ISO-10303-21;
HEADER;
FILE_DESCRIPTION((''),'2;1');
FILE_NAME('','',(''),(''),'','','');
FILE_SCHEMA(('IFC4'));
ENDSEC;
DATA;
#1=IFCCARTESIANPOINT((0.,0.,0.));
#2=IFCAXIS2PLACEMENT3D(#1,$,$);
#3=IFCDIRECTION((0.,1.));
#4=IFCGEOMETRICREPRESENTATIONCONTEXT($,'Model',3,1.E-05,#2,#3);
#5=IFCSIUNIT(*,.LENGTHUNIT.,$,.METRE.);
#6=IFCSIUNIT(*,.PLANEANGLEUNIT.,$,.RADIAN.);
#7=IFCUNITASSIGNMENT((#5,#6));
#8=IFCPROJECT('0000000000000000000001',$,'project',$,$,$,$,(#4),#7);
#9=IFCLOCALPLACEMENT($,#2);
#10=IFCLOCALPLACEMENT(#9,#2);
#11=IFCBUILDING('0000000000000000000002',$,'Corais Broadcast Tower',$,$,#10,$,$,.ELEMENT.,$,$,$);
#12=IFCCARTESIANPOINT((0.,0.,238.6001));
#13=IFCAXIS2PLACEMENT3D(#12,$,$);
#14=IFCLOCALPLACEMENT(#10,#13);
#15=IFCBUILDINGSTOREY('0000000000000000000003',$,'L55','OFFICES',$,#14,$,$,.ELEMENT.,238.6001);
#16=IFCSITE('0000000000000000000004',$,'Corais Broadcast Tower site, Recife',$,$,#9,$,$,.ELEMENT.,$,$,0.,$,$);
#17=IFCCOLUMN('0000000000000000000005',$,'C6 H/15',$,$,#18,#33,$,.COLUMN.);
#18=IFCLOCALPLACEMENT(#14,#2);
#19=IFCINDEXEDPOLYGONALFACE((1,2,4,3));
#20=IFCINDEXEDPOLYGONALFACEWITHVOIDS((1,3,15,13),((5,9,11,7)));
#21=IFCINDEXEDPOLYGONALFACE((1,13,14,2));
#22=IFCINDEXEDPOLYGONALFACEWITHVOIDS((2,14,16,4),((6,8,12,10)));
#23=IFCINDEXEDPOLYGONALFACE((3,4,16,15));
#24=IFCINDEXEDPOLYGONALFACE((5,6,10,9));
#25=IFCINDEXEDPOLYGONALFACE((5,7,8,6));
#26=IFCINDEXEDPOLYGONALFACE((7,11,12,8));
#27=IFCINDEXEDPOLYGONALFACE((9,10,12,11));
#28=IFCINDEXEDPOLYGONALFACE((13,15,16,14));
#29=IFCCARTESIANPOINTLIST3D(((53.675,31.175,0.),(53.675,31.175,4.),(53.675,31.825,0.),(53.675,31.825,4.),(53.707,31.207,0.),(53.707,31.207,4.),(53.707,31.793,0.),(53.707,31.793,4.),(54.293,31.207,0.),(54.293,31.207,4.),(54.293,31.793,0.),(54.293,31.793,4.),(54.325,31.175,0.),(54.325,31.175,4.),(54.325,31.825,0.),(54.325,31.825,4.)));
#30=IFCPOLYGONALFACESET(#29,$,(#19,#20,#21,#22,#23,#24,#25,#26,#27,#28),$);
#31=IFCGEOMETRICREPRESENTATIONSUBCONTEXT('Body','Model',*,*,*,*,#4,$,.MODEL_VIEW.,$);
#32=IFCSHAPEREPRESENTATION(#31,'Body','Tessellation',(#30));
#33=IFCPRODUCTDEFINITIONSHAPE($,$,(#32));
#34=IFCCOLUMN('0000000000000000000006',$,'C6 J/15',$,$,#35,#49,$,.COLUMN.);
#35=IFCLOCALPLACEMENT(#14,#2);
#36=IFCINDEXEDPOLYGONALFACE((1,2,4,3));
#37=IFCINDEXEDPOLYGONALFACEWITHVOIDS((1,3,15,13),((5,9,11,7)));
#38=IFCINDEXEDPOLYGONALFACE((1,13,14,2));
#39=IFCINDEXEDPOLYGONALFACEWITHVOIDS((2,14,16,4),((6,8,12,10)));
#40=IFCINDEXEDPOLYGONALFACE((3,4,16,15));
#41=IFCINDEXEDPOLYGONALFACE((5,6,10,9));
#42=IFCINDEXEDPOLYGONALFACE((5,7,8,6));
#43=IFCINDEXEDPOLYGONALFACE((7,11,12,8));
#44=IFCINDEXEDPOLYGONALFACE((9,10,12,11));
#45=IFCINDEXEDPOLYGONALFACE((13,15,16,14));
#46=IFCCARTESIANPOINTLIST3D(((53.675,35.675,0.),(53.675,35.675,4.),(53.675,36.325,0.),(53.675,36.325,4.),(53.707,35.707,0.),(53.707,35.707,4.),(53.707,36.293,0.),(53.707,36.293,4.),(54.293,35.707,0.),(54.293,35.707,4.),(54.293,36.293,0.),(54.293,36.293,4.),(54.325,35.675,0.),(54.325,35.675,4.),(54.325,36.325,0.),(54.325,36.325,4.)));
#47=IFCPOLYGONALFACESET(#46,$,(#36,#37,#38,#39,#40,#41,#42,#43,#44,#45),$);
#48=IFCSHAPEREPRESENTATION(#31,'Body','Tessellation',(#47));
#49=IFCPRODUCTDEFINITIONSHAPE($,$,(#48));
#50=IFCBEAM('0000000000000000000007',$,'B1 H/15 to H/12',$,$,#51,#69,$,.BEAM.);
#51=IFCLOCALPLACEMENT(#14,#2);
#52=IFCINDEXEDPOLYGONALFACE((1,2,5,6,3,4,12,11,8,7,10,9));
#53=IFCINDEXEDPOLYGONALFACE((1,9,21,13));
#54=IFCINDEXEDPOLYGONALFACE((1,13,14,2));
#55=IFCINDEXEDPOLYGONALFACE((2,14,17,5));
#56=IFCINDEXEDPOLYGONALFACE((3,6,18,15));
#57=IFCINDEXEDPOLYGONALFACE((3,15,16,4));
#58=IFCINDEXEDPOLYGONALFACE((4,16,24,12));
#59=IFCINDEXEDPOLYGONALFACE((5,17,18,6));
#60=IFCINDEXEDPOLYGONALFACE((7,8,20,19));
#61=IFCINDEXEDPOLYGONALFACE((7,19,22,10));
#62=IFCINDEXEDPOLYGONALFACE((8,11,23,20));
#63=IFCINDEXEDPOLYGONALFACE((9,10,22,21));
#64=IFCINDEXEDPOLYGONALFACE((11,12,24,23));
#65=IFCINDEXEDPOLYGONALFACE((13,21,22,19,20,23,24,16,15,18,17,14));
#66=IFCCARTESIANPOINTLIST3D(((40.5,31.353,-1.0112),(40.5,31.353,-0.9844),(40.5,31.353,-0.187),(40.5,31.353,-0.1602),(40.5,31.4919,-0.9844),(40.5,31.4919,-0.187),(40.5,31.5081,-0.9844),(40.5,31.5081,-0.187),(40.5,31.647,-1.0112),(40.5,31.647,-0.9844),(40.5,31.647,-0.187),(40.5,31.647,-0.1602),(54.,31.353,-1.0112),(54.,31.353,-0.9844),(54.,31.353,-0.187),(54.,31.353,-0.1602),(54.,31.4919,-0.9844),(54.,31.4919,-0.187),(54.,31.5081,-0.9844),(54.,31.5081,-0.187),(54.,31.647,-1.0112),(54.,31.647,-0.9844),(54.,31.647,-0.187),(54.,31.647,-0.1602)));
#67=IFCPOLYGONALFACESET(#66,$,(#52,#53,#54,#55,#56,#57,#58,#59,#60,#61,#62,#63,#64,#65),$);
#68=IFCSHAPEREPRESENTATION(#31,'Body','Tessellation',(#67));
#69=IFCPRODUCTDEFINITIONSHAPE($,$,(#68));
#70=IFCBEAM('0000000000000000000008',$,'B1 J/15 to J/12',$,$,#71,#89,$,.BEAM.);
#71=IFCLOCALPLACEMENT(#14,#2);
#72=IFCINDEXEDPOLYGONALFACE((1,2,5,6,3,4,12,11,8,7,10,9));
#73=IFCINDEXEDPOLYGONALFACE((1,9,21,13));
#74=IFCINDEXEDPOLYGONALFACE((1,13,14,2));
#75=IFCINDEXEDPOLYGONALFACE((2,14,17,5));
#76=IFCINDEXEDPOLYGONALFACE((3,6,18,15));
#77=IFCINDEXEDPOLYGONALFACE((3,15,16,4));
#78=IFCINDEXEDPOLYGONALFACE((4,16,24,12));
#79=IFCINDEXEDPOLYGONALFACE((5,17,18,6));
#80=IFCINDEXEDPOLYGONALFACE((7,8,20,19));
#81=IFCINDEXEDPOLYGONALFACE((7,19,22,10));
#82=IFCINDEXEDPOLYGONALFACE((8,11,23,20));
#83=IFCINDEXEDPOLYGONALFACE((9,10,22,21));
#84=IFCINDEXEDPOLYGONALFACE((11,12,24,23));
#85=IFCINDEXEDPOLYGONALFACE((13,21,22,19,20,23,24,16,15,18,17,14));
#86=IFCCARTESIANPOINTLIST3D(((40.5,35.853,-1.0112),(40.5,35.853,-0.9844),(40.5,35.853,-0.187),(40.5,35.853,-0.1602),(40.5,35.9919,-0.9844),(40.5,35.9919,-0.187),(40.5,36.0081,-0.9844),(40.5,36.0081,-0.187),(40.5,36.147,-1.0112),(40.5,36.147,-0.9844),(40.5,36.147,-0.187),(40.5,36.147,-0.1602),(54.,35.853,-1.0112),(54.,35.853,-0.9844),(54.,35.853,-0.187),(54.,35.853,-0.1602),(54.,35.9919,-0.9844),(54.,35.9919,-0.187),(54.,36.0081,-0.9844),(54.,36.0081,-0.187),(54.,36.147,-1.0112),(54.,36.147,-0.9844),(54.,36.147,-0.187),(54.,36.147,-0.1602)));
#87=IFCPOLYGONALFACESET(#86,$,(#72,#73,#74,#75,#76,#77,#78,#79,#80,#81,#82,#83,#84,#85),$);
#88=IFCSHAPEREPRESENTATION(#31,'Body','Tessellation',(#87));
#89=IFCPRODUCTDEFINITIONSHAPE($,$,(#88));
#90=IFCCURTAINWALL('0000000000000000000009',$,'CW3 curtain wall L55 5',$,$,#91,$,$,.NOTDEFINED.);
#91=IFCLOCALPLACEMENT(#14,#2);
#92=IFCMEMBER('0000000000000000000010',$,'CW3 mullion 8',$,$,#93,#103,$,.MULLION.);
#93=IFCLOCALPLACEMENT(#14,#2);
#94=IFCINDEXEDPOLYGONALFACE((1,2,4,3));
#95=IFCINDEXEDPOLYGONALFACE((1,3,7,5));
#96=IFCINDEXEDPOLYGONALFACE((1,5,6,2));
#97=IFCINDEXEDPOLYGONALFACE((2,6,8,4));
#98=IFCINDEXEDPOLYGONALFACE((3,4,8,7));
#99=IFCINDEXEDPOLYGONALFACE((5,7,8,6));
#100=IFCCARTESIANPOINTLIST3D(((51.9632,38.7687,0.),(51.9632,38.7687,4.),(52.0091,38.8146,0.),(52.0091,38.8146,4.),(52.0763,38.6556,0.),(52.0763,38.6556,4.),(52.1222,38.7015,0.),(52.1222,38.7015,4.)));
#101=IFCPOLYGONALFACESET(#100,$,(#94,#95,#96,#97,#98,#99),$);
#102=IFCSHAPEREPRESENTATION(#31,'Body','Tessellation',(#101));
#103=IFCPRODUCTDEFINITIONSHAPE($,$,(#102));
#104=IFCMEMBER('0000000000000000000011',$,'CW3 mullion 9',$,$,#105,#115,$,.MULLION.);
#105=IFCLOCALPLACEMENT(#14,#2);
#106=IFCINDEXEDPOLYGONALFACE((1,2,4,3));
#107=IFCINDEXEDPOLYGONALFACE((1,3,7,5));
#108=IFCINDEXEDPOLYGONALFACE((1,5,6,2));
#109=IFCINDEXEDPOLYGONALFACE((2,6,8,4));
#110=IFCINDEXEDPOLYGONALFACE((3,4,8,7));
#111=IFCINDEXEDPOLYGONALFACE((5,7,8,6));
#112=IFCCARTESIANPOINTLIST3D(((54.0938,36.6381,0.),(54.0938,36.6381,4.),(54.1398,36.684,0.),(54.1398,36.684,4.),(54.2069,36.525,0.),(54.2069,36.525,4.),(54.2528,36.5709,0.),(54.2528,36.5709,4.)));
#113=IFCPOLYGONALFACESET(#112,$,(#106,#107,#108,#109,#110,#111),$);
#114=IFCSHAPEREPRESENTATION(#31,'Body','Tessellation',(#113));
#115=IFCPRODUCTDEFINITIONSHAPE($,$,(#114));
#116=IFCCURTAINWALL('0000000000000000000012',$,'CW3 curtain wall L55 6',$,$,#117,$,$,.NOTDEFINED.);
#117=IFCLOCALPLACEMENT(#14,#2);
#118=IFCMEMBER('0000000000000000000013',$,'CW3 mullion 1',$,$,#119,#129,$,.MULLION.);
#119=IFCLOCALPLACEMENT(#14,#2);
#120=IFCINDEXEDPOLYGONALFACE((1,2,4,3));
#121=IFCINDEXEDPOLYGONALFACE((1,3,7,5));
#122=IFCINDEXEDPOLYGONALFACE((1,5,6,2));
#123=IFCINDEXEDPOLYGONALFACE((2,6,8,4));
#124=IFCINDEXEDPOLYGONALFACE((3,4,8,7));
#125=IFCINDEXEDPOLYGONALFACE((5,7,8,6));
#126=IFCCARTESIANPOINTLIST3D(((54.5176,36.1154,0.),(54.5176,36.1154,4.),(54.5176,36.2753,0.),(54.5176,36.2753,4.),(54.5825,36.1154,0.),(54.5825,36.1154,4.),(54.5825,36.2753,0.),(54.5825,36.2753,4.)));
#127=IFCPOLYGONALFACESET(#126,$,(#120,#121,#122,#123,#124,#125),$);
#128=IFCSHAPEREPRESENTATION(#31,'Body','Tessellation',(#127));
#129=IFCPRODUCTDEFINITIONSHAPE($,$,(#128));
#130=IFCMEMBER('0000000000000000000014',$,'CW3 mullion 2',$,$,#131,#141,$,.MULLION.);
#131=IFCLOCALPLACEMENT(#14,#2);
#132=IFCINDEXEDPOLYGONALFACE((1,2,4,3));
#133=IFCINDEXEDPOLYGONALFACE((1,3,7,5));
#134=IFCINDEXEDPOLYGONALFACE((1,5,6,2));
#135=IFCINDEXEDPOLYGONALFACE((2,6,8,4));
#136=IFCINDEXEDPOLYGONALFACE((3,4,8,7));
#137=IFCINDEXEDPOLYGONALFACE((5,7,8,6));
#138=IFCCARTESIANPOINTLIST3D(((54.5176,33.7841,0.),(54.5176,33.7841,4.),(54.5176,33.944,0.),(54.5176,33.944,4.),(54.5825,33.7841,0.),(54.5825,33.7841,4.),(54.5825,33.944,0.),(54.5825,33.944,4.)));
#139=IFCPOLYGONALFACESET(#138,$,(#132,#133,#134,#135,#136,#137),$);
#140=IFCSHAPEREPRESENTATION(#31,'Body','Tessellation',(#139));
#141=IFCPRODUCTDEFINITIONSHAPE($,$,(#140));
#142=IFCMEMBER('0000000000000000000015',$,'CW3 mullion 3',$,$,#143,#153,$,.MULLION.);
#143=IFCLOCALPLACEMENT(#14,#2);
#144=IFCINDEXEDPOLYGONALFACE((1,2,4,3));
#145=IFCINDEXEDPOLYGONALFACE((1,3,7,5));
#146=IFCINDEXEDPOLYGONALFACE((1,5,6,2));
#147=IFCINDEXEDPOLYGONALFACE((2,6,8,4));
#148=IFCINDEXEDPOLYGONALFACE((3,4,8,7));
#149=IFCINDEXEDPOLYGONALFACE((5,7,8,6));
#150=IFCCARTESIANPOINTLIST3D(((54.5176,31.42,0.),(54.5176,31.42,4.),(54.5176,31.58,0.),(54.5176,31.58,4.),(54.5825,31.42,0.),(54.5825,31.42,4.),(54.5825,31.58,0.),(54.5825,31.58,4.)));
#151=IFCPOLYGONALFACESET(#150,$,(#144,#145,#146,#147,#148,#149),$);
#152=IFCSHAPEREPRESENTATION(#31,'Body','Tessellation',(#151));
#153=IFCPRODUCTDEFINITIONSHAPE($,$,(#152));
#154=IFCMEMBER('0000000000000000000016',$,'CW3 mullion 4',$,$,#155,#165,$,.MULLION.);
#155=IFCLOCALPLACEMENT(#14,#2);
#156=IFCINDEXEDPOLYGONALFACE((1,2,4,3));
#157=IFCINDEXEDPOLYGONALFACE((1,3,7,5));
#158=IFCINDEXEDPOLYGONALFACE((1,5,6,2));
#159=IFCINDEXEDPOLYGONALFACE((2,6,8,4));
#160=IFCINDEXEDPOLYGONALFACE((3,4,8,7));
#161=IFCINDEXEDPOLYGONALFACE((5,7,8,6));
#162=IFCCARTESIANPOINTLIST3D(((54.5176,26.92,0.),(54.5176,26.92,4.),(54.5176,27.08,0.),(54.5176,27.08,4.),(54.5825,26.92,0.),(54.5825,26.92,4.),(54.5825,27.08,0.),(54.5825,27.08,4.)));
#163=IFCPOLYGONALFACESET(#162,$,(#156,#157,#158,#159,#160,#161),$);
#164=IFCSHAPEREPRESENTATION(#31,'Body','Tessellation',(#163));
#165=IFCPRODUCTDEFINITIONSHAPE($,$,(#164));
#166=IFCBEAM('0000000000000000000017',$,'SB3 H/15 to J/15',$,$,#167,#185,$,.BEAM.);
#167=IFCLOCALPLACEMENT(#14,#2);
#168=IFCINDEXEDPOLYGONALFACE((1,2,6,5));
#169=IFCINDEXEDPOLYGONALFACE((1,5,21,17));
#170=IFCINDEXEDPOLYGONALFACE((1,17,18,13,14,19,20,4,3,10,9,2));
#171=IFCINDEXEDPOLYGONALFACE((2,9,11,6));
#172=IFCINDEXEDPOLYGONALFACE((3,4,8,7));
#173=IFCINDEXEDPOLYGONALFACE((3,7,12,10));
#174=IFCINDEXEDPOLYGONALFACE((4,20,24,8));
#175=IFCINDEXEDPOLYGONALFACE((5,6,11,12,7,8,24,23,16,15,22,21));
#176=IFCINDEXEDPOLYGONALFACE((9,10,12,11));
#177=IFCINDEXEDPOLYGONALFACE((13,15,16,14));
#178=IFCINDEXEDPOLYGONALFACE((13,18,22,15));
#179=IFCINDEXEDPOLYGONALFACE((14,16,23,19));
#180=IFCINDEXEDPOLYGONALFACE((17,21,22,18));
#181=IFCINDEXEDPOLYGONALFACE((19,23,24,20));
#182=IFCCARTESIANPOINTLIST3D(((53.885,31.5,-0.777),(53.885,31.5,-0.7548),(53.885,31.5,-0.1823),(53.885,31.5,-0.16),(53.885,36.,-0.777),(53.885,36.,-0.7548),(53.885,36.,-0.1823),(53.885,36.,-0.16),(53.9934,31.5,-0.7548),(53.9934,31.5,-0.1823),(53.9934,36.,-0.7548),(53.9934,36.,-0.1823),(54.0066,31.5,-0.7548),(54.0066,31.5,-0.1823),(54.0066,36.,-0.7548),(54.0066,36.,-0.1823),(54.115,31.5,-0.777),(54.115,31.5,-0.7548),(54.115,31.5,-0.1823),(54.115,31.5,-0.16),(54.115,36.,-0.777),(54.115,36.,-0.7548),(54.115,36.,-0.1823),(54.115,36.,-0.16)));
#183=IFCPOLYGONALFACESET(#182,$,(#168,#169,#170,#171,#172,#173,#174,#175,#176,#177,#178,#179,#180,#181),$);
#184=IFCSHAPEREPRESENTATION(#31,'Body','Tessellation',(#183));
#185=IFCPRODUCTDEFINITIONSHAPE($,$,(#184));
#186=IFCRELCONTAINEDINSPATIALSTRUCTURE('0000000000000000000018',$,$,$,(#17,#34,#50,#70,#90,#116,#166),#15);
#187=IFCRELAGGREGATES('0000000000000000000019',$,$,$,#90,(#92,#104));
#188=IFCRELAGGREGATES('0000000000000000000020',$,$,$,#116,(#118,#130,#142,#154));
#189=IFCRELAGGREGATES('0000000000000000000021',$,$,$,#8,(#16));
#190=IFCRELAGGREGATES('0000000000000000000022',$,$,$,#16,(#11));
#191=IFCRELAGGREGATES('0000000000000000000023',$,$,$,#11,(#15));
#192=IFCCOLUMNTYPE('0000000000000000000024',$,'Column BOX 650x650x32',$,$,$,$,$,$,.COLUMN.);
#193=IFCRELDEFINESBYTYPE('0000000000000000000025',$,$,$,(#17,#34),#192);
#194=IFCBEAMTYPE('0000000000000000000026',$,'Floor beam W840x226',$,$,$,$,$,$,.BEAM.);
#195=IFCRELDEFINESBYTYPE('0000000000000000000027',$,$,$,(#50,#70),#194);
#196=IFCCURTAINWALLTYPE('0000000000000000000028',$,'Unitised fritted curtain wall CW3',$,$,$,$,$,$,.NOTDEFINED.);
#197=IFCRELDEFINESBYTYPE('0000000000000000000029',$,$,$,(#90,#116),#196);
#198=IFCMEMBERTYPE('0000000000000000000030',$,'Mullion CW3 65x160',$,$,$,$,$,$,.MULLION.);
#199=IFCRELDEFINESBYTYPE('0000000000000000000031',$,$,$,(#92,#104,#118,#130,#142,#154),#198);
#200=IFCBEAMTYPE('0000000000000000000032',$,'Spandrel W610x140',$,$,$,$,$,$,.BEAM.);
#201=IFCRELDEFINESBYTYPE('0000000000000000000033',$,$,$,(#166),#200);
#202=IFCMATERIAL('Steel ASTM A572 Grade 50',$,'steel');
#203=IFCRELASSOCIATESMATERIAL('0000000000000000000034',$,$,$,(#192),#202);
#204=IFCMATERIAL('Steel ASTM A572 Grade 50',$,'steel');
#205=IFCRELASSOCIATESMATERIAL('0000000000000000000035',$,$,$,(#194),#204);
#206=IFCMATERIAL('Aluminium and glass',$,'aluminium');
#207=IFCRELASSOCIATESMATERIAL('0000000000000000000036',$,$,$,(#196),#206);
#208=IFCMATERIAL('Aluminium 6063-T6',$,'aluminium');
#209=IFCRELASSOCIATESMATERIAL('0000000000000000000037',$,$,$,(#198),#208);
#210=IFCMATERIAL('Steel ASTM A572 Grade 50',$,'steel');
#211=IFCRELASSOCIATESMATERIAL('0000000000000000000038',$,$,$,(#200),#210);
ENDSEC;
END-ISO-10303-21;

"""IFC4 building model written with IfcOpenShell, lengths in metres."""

from ifc_helpers import new_model, si_unit, direction, frame, origin, origin_2d, place, context, subcontext, project, spatial, rectangle, hollow_rectangle, i_section, extrude, material, material_profile, profile_set, type_object, element, aggregate, save


model = new_model("IFC4")

# Units and contexts
model_context = context("Model", 3, precision=1e-05, world=origin(), true_north=direction((0.0, 1.0)))
body_context = subcontext(model_context, "Body", "Model", "MODEL_VIEW")
ifc_project = project(units=[si_unit("LENGTHUNIT", "METRE"), si_unit("PLANEANGLEUNIT", "RADIAN")], contexts=[model_context])

# Site, building, storey
site_placement = place(None, origin())
site = spatial("IfcSite", under=ifc_project, at=site_placement, Name="Corais Broadcast Tower site, Recife", CompositionType="ELEMENT", RefElevation=0.0)
building_placement = place(site_placement, origin())
building = spatial("IfcBuilding", under=site, at=building_placement, Name="Corais Broadcast Tower", CompositionType="ELEMENT")
storey_placement = place(building_placement, frame((0.0, 0.0, 238.6001)))
storey = spatial("IfcBuildingStorey", under=building, at=storey_placement, Name="L55", Description="OFFICES", CompositionType="ELEMENT", Elevation=238.6001)

# Columns
ifc_material_1 = material(Name="Steel ASTM A572 Grade 50", Category="steel")
ifc_material_profile_1 = material_profile(ifc_material_1, hollow_rectangle(XDim=0.6499, YDim=0.6499, WallThickness=0.032, at=origin_2d()), Name="BOX 650x650x32")
ifc_profile_set_1 = profile_set([ifc_material_profile_1], Name="Steel ASTM A572 Grade 50")
column_type = type_object("IfcColumnType", Name="Column BOX 650x650x32", PredefinedType="COLUMN", material=ifc_profile_set_1)
for number, where, z_axis, x_axis, name in (
    (1, (54.0, 31.5, 0.0), (0.0, 0.0, 1.0), (1.0, 0.0, 0.0), "C6 H/15"),
    (2, (54.0, 36.0, 0.0), (0.0, 0.0, 1.0), (1.0, 0.0, 0.0), "C6 J/15"),
):
    element("IfcColumn", number, at=place(storey_placement, frame(where, z_axis=z_axis, x_axis=x_axis)), inside=storey, type_object=column_type, Name=name, PredefinedType="COLUMN", context=body_context, shape_type="SweptSolid", body=[
        extrude(hollow_rectangle(XDim=0.6499, YDim=0.6499, WallThickness=0.032, at=origin_2d()), origin(), (0.0, 0.0, 1.0), 4.0),
    ])

# Beams
ifc_material_2 = material(Name="Steel ASTM A572 Grade 50", Category="steel")
ifc_material_profile_2 = material_profile(ifc_material_2, i_section(OverallWidth=0.2939, OverallDepth=0.8511, WebThickness=0.0161, FlangeThickness=0.0269, at=origin_2d()), Name="W840x226")
ifc_profile_set_2 = profile_set([ifc_material_profile_2], Name="Steel ASTM A572 Grade 50")
beam_type_1 = type_object("IfcBeamType", Name="Floor beam W840x226", PredefinedType="BEAM", material=ifc_profile_set_2)
for number, where, z_axis, x_axis, name in (
    (3, (54.0, 31.5, -0.5857), (-1.0, 0.0, 0.0), (0.0, -1.0, 0.0), "B1 H/15 to H/12"),
    (4, (54.0, 36.0, -0.5857), (-1.0, 0.0, 0.0), (0.0, -1.0, 0.0), "B1 J/15 to J/12"),
):
    element("IfcBeam", number, at=place(storey_placement, frame(where, z_axis=z_axis, x_axis=x_axis)), inside=storey, type_object=beam_type_1, Name=name, PredefinedType="BEAM", context=body_context, shape_type="SweptSolid", body=[
        extrude(i_section(OverallWidth=0.2939, OverallDepth=0.8511, WebThickness=0.0161, FlangeThickness=0.0269, at=origin_2d()), origin(), (0.0, 0.0, 1.0), 13.5),
    ])

# Curtain walls, members
ifc_material_3 = material(Name="Aluminium and glass", Category="aluminium")
curtain_wall_type = type_object("IfcCurtainWallType", Name="Unitised fritted curtain wall CW3", PredefinedType="NOTDEFINED", material=ifc_material_3)
curtain_wall_1_placement = place(storey_placement, origin())
curtain_wall_1 = element("IfcCurtainWall", 5, at=curtain_wall_1_placement, inside=storey, type_object=curtain_wall_type, Name="CW3 curtain wall L55 5", PredefinedType="NOTDEFINED")
ifc_material_4 = material(Name="Aluminium 6063-T6", Category="aluminium")
ifc_material_profile_3 = material_profile(ifc_material_4, rectangle(XDim=0.0649, YDim=0.1599, at=origin_2d()), Name="Mullion CW3 65x160")
ifc_profile_set_3 = profile_set([ifc_material_profile_3], Name="Aluminium 6063-T6")
member_type_1 = type_object("IfcMemberType", Name="Mullion CW3 65x160", PredefinedType="MULLION", material=ifc_profile_set_3)
member_1_placement = place(storey_placement, frame((52.0427, 38.7351, 0.0), z_axis=(0.0, 0.0, 1.0), x_axis=(0.707107, 0.707107, 0.0)))
member_1 = element("IfcMember", 6, at=member_1_placement, type_object=member_type_1, Name="CW3 mullion 8", PredefinedType="MULLION", context=body_context, shape_type="SweptSolid", body=[
    extrude(rectangle(XDim=0.0649, YDim=0.1599, at=origin_2d()), origin(), (0.0, 0.0, 1.0), 4.0),
])
member_2_placement = place(storey_placement, frame((54.1733, 36.6045, 0.0), z_axis=(0.0, 0.0, 1.0), x_axis=(0.707107, 0.707107, 0.0)))
member_2 = element("IfcMember", 7, at=member_2_placement, type_object=member_type_1, Name="CW3 mullion 9", PredefinedType="MULLION", context=body_context, shape_type="SweptSolid", body=[
    extrude(rectangle(XDim=0.0649, YDim=0.1599, at=origin_2d()), origin(), (0.0, 0.0, 1.0), 4.0),
])
curtain_wall_2_placement = place(storey_placement, origin())
curtain_wall_2 = element("IfcCurtainWall", 8, at=curtain_wall_2_placement, inside=storey, type_object=curtain_wall_type, Name="CW3 curtain wall L55 6", PredefinedType="NOTDEFINED")
member_3_placement = place(storey_placement, frame((54.55, 36.1953, 0.0), z_axis=(0.0, 0.0, 1.0), x_axis=(1.0, 0.0, 0.0)))
member_3 = element("IfcMember", 9, at=member_3_placement, type_object=member_type_1, Name="CW3 mullion 1", PredefinedType="MULLION", context=body_context, shape_type="SweptSolid", body=[
    extrude(rectangle(XDim=0.0649, YDim=0.1599, at=origin_2d()), origin(), (0.0, 0.0, 1.0), 4.0),
])
member_4_placement = place(storey_placement, frame((54.55, 33.864, 0.0), z_axis=(0.0, 0.0, 1.0), x_axis=(1.0, 0.0, 0.0)))
member_4 = element("IfcMember", 10, at=member_4_placement, type_object=member_type_1, Name="CW3 mullion 2", PredefinedType="MULLION", context=body_context, shape_type="SweptSolid", body=[
    extrude(rectangle(XDim=0.0649, YDim=0.1599, at=origin_2d()), origin(), (0.0, 0.0, 1.0), 4.0),
])
member_5_placement = place(storey_placement, frame((54.55, 31.5, 0.0), z_axis=(0.0, 0.0, 1.0), x_axis=(1.0, 0.0, 0.0)))
member_5 = element("IfcMember", 11, at=member_5_placement, type_object=member_type_1, Name="CW3 mullion 3", PredefinedType="MULLION", context=body_context, shape_type="SweptSolid", body=[
    extrude(rectangle(XDim=0.0649, YDim=0.1599, at=origin_2d()), origin(), (0.0, 0.0, 1.0), 4.0),
])
member_6_placement = place(storey_placement, frame((54.55, 27.0, 0.0), z_axis=(0.0, 0.0, 1.0), x_axis=(1.0, 0.0, 0.0)))
member_6 = element("IfcMember", 12, at=member_6_placement, type_object=member_type_1, Name="CW3 mullion 4", PredefinedType="MULLION", context=body_context, shape_type="SweptSolid", body=[
    extrude(rectangle(XDim=0.0649, YDim=0.1599, at=origin_2d()), origin(), (0.0, 0.0, 1.0), 4.0),
])

# Beam
ifc_material_5 = material(Name="Steel ASTM A572 Grade 50", Category="steel")
ifc_material_profile_4 = material_profile(ifc_material_5, i_section(OverallWidth=0.23, OverallDepth=0.6169, WebThickness=0.0132, FlangeThickness=0.0222, at=origin_2d()), Name="W610x140")
ifc_profile_set_4 = profile_set([ifc_material_profile_4], Name="Steel ASTM A572 Grade 50")
beam_type_2 = type_object("IfcBeamType", Name="Spandrel W610x140", PredefinedType="BEAM", material=ifc_profile_set_4)
beam_1_placement = place(storey_placement, frame((54.0, 31.5, -0.4685), z_axis=(0.0, 1.0, 0.0), x_axis=(-1.0, 0.0, 0.0)))
element("IfcBeam", 13, at=beam_1_placement, inside=storey, type_object=beam_type_2, Name="SB3 H/15 to J/15", PredefinedType="BEAM", context=body_context, shape_type="SweptSolid", body=[
    extrude(i_section(OverallWidth=0.23, OverallDepth=0.6169, WebThickness=0.0132, FlangeThickness=0.0222, at=origin_2d()), origin(), (0.0, 0.0, 1.0), 4.5),
])

aggregate(curtain_wall_1, [member_1, member_2])
aggregate(curtain_wall_2, [member_3, member_4, member_5, member_6])

save(model, "model.ifc")
